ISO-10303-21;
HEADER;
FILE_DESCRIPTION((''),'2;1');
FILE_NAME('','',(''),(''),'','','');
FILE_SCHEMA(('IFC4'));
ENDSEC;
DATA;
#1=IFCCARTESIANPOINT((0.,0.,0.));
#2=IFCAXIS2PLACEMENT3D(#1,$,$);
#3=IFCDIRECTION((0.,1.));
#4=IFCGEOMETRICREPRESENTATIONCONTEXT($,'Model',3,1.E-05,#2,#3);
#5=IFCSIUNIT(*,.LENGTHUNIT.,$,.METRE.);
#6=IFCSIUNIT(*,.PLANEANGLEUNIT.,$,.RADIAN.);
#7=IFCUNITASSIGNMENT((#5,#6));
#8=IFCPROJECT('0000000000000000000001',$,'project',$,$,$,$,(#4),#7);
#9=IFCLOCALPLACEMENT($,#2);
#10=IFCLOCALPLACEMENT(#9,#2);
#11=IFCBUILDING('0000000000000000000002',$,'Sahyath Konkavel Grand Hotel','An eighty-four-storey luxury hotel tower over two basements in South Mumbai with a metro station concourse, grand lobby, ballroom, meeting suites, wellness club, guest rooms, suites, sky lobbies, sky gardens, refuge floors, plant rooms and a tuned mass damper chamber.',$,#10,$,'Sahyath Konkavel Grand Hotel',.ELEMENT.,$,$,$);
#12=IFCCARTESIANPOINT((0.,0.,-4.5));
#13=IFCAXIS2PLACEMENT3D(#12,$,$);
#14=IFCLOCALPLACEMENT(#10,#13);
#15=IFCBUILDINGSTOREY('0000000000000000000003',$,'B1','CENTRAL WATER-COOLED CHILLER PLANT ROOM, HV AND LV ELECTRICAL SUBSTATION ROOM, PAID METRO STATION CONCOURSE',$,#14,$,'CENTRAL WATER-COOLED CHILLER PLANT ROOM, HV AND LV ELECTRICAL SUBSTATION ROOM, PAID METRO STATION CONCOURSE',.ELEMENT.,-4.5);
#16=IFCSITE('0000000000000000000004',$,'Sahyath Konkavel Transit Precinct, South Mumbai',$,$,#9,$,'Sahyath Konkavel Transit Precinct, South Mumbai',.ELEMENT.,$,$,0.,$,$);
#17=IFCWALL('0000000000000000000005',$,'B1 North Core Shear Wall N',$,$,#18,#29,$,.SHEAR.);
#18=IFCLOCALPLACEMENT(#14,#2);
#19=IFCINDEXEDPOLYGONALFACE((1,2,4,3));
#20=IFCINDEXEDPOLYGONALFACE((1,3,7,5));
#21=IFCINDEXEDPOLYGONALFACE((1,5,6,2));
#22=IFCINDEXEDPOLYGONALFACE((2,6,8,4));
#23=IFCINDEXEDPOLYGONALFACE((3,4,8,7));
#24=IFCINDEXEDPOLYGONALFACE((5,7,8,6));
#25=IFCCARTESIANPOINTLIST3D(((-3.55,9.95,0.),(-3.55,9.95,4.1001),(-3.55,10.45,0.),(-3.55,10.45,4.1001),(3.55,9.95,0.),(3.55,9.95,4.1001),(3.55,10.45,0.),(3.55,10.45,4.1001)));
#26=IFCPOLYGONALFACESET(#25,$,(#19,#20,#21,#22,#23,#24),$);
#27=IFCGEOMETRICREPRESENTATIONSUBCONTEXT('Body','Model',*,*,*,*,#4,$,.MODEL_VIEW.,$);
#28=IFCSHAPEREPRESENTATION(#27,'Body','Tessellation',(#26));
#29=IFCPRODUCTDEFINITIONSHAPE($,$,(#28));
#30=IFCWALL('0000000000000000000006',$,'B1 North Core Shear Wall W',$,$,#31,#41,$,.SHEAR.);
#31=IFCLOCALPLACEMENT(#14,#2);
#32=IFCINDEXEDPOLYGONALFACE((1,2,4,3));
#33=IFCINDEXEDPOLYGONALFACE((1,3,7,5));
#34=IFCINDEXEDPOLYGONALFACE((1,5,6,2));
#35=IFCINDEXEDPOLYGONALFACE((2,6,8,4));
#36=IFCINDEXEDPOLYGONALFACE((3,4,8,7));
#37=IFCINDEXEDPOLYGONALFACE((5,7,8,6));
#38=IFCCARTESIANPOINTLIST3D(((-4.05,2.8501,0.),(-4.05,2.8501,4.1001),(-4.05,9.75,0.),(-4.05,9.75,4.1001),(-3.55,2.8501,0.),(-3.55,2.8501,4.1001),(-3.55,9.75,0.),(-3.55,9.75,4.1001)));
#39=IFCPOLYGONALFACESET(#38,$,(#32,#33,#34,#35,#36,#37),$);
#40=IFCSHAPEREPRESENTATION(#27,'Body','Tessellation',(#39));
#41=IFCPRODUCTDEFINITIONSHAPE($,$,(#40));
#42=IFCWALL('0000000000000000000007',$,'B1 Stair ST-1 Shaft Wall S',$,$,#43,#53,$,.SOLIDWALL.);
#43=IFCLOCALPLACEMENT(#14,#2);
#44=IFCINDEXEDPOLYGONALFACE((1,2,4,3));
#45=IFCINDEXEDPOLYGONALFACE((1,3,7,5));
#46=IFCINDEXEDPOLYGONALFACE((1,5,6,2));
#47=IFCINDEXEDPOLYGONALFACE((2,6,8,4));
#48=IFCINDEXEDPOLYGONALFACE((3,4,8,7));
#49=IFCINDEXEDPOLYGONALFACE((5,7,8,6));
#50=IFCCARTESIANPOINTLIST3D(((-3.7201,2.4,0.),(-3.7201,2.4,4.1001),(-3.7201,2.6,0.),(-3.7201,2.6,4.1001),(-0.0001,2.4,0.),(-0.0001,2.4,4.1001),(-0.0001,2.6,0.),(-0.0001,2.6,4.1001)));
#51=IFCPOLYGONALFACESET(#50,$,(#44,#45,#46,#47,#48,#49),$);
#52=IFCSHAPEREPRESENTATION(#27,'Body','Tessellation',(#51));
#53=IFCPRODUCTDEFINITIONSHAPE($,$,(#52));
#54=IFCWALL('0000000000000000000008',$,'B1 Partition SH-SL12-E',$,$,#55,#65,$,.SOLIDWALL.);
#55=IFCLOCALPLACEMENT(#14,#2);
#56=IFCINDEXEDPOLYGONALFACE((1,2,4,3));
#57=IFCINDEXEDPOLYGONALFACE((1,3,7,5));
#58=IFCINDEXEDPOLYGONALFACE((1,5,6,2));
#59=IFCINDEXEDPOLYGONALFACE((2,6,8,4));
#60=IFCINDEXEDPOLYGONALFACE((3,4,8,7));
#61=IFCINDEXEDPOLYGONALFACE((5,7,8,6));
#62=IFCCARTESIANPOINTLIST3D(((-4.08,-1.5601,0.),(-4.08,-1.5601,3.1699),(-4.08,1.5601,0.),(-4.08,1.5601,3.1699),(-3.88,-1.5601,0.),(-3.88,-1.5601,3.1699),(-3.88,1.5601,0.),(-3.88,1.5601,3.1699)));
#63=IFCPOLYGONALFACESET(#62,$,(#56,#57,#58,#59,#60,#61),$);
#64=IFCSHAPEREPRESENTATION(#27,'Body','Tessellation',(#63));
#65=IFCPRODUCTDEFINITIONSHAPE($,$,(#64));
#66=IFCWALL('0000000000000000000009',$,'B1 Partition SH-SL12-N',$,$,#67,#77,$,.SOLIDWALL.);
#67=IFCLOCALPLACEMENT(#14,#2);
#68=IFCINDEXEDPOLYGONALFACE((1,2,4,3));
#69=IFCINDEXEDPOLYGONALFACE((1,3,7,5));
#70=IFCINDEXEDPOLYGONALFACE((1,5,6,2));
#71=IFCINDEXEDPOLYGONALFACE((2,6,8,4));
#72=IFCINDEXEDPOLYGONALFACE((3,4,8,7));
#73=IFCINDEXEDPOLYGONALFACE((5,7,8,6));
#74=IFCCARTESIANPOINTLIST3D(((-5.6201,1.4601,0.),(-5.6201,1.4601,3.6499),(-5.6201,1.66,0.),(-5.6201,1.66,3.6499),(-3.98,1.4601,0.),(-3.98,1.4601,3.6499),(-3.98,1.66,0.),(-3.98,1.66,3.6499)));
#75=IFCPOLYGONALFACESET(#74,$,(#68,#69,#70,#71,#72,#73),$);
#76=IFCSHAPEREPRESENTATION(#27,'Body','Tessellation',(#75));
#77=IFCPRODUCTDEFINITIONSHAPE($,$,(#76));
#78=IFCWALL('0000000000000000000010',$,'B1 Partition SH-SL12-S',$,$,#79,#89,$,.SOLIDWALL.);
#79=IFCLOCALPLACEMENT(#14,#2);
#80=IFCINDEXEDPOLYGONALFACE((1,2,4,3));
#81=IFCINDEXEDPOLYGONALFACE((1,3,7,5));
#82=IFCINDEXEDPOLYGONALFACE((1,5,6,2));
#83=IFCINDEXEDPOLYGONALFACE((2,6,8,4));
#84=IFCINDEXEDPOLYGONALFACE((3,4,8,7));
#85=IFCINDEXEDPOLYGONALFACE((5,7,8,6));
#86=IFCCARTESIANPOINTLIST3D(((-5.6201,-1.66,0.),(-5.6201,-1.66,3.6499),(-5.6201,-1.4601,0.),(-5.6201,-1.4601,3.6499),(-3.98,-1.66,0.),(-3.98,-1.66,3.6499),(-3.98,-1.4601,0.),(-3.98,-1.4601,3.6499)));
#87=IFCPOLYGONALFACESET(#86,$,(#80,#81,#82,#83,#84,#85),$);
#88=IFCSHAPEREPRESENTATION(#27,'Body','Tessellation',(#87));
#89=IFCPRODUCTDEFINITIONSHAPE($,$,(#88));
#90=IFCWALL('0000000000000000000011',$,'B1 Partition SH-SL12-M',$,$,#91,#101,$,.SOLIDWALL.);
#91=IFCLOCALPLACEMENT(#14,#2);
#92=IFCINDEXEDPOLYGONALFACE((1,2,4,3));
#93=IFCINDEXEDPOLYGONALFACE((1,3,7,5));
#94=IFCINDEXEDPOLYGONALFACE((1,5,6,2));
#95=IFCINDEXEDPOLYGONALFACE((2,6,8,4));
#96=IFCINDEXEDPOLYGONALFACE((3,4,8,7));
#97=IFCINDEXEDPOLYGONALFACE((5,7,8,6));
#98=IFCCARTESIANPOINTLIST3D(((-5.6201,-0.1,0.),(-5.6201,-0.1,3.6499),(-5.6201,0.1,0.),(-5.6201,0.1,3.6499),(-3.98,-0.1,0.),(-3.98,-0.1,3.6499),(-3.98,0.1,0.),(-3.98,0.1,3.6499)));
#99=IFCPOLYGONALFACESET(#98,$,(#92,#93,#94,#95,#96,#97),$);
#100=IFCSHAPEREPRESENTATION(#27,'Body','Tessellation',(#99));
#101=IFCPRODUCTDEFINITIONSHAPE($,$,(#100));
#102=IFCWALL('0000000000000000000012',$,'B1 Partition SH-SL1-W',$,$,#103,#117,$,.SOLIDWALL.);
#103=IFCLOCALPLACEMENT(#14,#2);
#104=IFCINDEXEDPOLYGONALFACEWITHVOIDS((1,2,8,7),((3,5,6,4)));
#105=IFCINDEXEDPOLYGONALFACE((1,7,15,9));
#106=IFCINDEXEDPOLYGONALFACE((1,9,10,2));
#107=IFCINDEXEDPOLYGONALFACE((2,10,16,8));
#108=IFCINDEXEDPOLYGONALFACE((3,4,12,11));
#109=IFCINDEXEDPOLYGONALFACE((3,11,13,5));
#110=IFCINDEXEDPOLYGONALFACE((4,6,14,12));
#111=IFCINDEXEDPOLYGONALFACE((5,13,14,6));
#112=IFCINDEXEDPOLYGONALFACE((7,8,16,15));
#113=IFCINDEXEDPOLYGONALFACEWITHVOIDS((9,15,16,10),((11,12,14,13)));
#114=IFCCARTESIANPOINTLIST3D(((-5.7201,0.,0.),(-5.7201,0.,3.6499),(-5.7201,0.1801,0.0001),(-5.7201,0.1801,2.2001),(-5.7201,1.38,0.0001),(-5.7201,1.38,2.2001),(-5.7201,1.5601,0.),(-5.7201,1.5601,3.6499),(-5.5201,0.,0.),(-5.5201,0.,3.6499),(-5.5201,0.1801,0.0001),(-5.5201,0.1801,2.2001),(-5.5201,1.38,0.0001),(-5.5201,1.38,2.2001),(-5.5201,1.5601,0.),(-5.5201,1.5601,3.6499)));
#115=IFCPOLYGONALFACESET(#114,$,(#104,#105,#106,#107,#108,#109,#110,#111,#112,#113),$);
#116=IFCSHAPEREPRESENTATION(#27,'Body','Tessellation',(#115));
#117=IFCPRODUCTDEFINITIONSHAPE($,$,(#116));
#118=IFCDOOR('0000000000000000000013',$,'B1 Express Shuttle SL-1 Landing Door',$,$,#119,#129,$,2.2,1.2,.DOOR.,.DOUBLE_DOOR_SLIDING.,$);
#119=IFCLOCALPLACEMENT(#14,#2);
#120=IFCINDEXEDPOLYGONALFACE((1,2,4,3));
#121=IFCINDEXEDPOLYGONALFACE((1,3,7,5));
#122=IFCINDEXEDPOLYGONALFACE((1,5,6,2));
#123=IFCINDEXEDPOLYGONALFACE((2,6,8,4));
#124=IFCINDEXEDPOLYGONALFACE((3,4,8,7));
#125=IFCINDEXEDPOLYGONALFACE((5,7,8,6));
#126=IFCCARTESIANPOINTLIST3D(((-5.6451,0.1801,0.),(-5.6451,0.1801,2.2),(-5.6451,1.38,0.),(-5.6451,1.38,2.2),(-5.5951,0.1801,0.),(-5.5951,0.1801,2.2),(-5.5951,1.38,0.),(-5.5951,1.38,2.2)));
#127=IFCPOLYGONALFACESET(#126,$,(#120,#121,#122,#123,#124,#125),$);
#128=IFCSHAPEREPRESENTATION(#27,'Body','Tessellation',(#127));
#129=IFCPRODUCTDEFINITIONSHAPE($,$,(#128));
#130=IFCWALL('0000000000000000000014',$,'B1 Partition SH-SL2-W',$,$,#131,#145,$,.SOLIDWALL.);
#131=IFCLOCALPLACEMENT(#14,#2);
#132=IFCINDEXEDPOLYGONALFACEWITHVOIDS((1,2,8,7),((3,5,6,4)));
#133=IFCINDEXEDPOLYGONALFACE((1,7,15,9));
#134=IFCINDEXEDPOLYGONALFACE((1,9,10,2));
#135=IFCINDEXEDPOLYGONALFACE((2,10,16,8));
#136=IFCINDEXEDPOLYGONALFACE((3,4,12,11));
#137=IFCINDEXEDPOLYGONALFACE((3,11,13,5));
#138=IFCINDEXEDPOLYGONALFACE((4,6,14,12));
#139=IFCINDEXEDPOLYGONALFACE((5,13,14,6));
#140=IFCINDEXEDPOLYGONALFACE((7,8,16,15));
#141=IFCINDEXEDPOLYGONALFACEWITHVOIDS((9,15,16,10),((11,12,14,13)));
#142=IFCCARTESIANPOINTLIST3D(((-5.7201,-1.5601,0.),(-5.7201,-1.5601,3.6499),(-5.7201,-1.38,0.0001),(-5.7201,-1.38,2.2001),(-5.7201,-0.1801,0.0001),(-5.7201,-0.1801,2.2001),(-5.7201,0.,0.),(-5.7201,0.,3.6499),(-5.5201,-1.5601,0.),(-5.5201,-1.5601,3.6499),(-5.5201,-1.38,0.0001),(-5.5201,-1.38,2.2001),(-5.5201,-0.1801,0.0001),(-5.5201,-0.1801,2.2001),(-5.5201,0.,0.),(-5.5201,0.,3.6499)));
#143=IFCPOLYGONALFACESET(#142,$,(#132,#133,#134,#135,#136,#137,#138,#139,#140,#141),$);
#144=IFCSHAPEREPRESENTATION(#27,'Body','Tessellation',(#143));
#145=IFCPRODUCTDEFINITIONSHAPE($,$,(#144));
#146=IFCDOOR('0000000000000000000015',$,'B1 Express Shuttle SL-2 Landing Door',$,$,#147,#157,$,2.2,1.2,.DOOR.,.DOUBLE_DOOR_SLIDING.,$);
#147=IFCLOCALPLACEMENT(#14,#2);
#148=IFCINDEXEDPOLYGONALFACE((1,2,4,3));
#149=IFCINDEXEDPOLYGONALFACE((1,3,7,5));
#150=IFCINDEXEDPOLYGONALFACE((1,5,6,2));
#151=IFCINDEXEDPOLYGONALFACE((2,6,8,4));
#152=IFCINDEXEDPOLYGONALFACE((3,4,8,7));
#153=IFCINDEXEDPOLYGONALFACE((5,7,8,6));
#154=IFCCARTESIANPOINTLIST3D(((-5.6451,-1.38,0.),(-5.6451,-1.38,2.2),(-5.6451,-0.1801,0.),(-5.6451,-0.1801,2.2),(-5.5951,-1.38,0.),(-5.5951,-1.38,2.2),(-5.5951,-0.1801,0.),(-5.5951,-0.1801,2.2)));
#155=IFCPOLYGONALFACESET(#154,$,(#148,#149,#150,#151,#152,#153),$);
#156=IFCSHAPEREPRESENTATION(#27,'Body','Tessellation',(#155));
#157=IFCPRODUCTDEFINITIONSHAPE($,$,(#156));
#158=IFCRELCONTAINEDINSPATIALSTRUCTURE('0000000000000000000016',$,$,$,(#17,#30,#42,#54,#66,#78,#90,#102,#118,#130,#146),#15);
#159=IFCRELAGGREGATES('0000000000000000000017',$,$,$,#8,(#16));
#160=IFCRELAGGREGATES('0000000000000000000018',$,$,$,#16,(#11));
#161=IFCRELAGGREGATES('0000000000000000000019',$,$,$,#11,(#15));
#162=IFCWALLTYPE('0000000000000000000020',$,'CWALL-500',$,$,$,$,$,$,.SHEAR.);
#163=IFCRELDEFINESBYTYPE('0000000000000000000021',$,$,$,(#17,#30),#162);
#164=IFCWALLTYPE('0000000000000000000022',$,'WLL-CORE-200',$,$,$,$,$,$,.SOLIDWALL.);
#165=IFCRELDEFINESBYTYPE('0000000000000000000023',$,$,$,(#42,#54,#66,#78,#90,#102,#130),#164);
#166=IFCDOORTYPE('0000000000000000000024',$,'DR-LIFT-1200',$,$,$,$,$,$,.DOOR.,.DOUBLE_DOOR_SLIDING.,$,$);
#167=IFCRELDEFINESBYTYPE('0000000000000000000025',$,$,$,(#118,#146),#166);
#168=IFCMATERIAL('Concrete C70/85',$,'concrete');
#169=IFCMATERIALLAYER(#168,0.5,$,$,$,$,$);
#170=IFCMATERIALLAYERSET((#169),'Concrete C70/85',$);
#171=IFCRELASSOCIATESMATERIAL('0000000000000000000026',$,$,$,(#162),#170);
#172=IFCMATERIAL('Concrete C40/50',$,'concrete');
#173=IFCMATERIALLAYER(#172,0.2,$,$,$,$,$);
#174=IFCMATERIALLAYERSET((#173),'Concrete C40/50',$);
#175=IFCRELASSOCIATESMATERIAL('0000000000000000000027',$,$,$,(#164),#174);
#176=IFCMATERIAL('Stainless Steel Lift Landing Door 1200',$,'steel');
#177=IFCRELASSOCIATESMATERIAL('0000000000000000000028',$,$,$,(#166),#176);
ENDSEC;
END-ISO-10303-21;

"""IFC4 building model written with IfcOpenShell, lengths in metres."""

from ifc_helpers import new_model, si_unit, direction, frame, frame_2d, origin, origin_2d, place, context, subcontext, project, spatial, rectangle, extrude, source, transform, mapped, material, layer, layer_set, type_object, element, fill, save


model = new_model("IFC4")

# Units and contexts
model_context = context("Model", 3, precision=1e-05, world=origin(), true_north=direction((0.0, 1.0)))
body_context = subcontext(model_context, "Body", "Model", "MODEL_VIEW")
ifc_project = project(units=[si_unit("LENGTHUNIT", "METRE"), si_unit("PLANEANGLEUNIT", "RADIAN")], contexts=[model_context])

# Site, building, storey
site_placement = place(None, origin())
site = spatial("IfcSite", under=ifc_project, at=site_placement, Name="Sahyath Konkavel Transit Precinct, South Mumbai", LongName="Sahyath Konkavel Transit Precinct, South Mumbai", CompositionType="ELEMENT", RefElevation=0.0)
building_placement = place(site_placement, origin())
building = spatial("IfcBuilding", under=site, at=building_placement, Name="Sahyath Konkavel Grand Hotel", Description="An eighty-four-storey luxury hotel tower over two basements in South Mumbai with a metro station concourse, grand lobby, ballroom, meeting suites, wellness club, guest rooms, suites, sky lobbies, sky gardens, refuge floors, plant rooms and a tuned mass damper chamber.", LongName="Sahyath Konkavel Grand Hotel", CompositionType="ELEMENT")
storey_placement = place(building_placement, frame((0.0, 0.0, -4.5)))
storey = spatial("IfcBuildingStorey", under=building, at=storey_placement, Name="B1", Description="CENTRAL WATER-COOLED CHILLER PLANT ROOM, HV AND LV ELECTRICAL SUBSTATION ROOM, PAID METRO STATION CONCOURSE", LongName="CENTRAL WATER-COOLED CHILLER PLANT ROOM, HV AND LV ELECTRICAL SUBSTATION ROOM, PAID METRO STATION CONCOURSE", CompositionType="ELEMENT", Elevation=-4.5)

# Shared definitions
ifc_material_1 = material(Name="Concrete C70/85", Category="concrete")

# Walls
ifc_material_2 = material(Name="Concrete C40/50", Category="concrete")
ifc_layer_1 = layer(ifc_material_1, 0.5)
ifc_layer_set_1 = layer_set([ifc_layer_1], Name="Concrete C70/85")
wall_type_1 = type_object("IfcWallType", Name="CWALL-500", PredefinedType="SHEAR", material=ifc_layer_set_1)
wall_1_placement = place(storey_placement, frame((-3.55, 10.2, 0.0), z_axis=(0.0, 0.0, 1.0), x_axis=(1.0, 0.0, 0.0)))
element("IfcWall", 1, at=wall_1_placement, inside=storey, type_object=wall_type_1, Name="B1 North Core Shear Wall N", PredefinedType="SHEAR", context=body_context, shape_type="SweptSolid", body=[
    extrude(rectangle(XDim=7.1001, YDim=0.5, at=frame_2d((3.55, 0.0))), origin(), (0.0, 0.0, 1.0), 4.1001),
])
wall_2_placement = place(storey_placement, frame((-3.8, 2.8501, 0.0), z_axis=(0.0, 0.0, 1.0), x_axis=(0.0, 1.0, 0.0)))
element("IfcWall", 2, at=wall_2_placement, inside=storey, type_object=wall_type_1, Name="B1 North Core Shear Wall W", PredefinedType="SHEAR", context=body_context, shape_type="SweptSolid", body=[
    extrude(rectangle(XDim=6.8999, YDim=0.5, at=frame_2d((3.45, 0.0))), origin(), (0.0, 0.0, 1.0), 4.1001),
])
ifc_layer_2 = layer(ifc_material_2, 0.2)
ifc_layer_set_2 = layer_set([ifc_layer_2], Name="Concrete C40/50")
wall_type_2 = type_object("IfcWallType", Name="WLL-CORE-200", PredefinedType="SOLIDWALL", material=ifc_layer_set_2)
wall_3_placement = place(storey_placement, frame((-3.72, 2.5, 0.0), z_axis=(0.0, 0.0, 1.0), x_axis=(1.0, 0.0, 0.0)))
element("IfcWall", 3, at=wall_3_placement, inside=storey, type_object=wall_type_2, Name="B1 Stair ST-1 Shaft Wall S", PredefinedType="SOLIDWALL", context=body_context, shape_type="SweptSolid", body=[
    extrude(rectangle(XDim=3.72, YDim=0.2, at=frame_2d((1.8599, 0.0))), origin(), (0.0, 0.0, 1.0), 4.1001),
])
wall_4_placement = place(storey_placement, frame((-3.98, -1.5601, 0.0), z_axis=(0.0, 0.0, 1.0), x_axis=(0.0, 1.0, 0.0)))
element("IfcWall", 4, at=wall_4_placement, inside=storey, type_object=wall_type_2, Name="B1 Partition SH-SL12-E", PredefinedType="SOLIDWALL", context=body_context, shape_type="SweptSolid", body=[
    extrude(rectangle(XDim=3.1201, YDim=0.2, at=frame_2d((1.5601, 0.0))), origin(), (0.0, 0.0, 1.0), 3.1699),
])
for number, where, z_axis, x_axis, name in (
    (5, (-5.6201, 1.5601, 0.0), (0.0, 0.0, 1.0), (1.0, 0.0, 0.0), "B1 Partition SH-SL12-N"),
    (6, (-5.6201, -1.5601, 0.0), (0.0, 0.0, 1.0), (1.0, 0.0, 0.0), "B1 Partition SH-SL12-S"),
    (7, (-5.6201, 0.0, 0.0), (0.0, 0.0, 1.0), (1.0, 0.0, 0.0), "B1 Partition SH-SL12-M"),
):
    element("IfcWall", number, at=place(storey_placement, frame(where, z_axis=z_axis, x_axis=x_axis)), inside=storey, type_object=wall_type_2, Name=name, PredefinedType="SOLIDWALL", context=body_context, shape_type="SweptSolid", body=[
        extrude(rectangle(XDim=1.6401, YDim=0.2, at=frame_2d((0.8201, 0.0))), origin(), (0.0, 0.0, 1.0), 3.6499),
    ])

# Walls, openings, doors
wall_5_placement = place(storey_placement, frame((-5.6201, 0.0, 0.0), z_axis=(0.0, 0.0, 1.0), x_axis=(0.0, 1.0, 0.0)))
wall_5 = element("IfcWall", 8, at=wall_5_placement, inside=storey, type_object=wall_type_2, Name="B1 Partition SH-SL1-W", PredefinedType="SOLIDWALL", context=body_context, shape_type="SweptSolid", body=[
    extrude(rectangle(XDim=1.5601, YDim=0.2, at=frame_2d((0.78, 0.0))), origin(), (0.0, 0.0, 1.0), 3.6499),
])
opening_1_placement = place(wall_5_placement, frame((0.1799, 0.0, 0.0)))
opening_1 = element("IfcOpeningElement", 9, at=opening_1_placement, cuts=wall_5, PredefinedType="OPENING", context=body_context, shape_type="SweptSolid", body=[
    extrude(rectangle(XDim=1.2, YDim=2.2, at=frame_2d((0.6001, 1.1001))), frame((0.0, 0.1099, 0.0), z_axis=(0.0, -1.0, 0.0), x_axis=(1.0, 0.0, 0.0)), (0.0, 0.0, 1.0), 0.22),
])
ifc_material_3 = material(Name="Stainless Steel Lift Landing Door 1200", Category="steel")
door_type = type_object("IfcDoorType", Name="DR-LIFT-1200", OperationType="DOUBLE_DOOR_SLIDING", PredefinedType="DOOR", material=ifc_material_3)
shared_shape_1 = source(origin(), body_context, "Body", "SweptSolid", [
    extrude(rectangle(XDim=1.2, YDim=0.05, at=origin_2d()), origin(), (0.0, 0.0, 1.0), 2.2),
])
door_1_placement = place(opening_1_placement, frame((0.6001, 0.0, 0.0)))
door_1 = element("IfcDoor", 10, at=door_1_placement, inside=storey, type_object=door_type, Name="B1 Express Shuttle SL-1 Landing Door", OperationType="DOUBLE_DOOR_SLIDING", OverallHeight=2.2, OverallWidth=1.2, PredefinedType="DOOR", context=body_context, shape_type="MappedRepresentation", body=[
    mapped(shared_shape_1, transform((0.0, 0.0, 0.0), scale=1.0)),
])
fill(opening_1, door_1)
wall_6_placement = place(storey_placement, frame((-5.6201, -1.5601, 0.0), z_axis=(0.0, 0.0, 1.0), x_axis=(0.0, 1.0, 0.0)))
wall_6 = element("IfcWall", 11, at=wall_6_placement, inside=storey, type_object=wall_type_2, Name="B1 Partition SH-SL2-W", PredefinedType="SOLIDWALL", context=body_context, shape_type="SweptSolid", body=[
    extrude(rectangle(XDim=1.5601, YDim=0.2, at=frame_2d((0.78, 0.0))), origin(), (0.0, 0.0, 1.0), 3.6499),
])
opening_2_placement = place(wall_6_placement, frame((0.1799, 0.0, 0.0)))
opening_2 = element("IfcOpeningElement", 12, at=opening_2_placement, cuts=wall_6, PredefinedType="OPENING", context=body_context, shape_type="SweptSolid", body=[
    extrude(rectangle(XDim=1.2, YDim=2.2, at=frame_2d((0.6001, 1.1001))), frame((0.0, 0.1099, 0.0), z_axis=(0.0, -1.0, 0.0), x_axis=(1.0, 0.0, 0.0)), (0.0, 0.0, 1.0), 0.22),
])
door_2_placement = place(opening_2_placement, frame((0.6001, 0.0, 0.0)))
door_2 = element("IfcDoor", 13, at=door_2_placement, inside=storey, type_object=door_type, Name="B1 Express Shuttle SL-2 Landing Door", OperationType="DOUBLE_DOOR_SLIDING", OverallHeight=2.2, OverallWidth=1.2, PredefinedType="DOOR", context=body_context, shape_type="MappedRepresentation", body=[
    mapped(shared_shape_1, transform((0.0, 0.0, 0.0), scale=1.0)),
])
fill(opening_2, door_2)

save(model, "model.ifc")
